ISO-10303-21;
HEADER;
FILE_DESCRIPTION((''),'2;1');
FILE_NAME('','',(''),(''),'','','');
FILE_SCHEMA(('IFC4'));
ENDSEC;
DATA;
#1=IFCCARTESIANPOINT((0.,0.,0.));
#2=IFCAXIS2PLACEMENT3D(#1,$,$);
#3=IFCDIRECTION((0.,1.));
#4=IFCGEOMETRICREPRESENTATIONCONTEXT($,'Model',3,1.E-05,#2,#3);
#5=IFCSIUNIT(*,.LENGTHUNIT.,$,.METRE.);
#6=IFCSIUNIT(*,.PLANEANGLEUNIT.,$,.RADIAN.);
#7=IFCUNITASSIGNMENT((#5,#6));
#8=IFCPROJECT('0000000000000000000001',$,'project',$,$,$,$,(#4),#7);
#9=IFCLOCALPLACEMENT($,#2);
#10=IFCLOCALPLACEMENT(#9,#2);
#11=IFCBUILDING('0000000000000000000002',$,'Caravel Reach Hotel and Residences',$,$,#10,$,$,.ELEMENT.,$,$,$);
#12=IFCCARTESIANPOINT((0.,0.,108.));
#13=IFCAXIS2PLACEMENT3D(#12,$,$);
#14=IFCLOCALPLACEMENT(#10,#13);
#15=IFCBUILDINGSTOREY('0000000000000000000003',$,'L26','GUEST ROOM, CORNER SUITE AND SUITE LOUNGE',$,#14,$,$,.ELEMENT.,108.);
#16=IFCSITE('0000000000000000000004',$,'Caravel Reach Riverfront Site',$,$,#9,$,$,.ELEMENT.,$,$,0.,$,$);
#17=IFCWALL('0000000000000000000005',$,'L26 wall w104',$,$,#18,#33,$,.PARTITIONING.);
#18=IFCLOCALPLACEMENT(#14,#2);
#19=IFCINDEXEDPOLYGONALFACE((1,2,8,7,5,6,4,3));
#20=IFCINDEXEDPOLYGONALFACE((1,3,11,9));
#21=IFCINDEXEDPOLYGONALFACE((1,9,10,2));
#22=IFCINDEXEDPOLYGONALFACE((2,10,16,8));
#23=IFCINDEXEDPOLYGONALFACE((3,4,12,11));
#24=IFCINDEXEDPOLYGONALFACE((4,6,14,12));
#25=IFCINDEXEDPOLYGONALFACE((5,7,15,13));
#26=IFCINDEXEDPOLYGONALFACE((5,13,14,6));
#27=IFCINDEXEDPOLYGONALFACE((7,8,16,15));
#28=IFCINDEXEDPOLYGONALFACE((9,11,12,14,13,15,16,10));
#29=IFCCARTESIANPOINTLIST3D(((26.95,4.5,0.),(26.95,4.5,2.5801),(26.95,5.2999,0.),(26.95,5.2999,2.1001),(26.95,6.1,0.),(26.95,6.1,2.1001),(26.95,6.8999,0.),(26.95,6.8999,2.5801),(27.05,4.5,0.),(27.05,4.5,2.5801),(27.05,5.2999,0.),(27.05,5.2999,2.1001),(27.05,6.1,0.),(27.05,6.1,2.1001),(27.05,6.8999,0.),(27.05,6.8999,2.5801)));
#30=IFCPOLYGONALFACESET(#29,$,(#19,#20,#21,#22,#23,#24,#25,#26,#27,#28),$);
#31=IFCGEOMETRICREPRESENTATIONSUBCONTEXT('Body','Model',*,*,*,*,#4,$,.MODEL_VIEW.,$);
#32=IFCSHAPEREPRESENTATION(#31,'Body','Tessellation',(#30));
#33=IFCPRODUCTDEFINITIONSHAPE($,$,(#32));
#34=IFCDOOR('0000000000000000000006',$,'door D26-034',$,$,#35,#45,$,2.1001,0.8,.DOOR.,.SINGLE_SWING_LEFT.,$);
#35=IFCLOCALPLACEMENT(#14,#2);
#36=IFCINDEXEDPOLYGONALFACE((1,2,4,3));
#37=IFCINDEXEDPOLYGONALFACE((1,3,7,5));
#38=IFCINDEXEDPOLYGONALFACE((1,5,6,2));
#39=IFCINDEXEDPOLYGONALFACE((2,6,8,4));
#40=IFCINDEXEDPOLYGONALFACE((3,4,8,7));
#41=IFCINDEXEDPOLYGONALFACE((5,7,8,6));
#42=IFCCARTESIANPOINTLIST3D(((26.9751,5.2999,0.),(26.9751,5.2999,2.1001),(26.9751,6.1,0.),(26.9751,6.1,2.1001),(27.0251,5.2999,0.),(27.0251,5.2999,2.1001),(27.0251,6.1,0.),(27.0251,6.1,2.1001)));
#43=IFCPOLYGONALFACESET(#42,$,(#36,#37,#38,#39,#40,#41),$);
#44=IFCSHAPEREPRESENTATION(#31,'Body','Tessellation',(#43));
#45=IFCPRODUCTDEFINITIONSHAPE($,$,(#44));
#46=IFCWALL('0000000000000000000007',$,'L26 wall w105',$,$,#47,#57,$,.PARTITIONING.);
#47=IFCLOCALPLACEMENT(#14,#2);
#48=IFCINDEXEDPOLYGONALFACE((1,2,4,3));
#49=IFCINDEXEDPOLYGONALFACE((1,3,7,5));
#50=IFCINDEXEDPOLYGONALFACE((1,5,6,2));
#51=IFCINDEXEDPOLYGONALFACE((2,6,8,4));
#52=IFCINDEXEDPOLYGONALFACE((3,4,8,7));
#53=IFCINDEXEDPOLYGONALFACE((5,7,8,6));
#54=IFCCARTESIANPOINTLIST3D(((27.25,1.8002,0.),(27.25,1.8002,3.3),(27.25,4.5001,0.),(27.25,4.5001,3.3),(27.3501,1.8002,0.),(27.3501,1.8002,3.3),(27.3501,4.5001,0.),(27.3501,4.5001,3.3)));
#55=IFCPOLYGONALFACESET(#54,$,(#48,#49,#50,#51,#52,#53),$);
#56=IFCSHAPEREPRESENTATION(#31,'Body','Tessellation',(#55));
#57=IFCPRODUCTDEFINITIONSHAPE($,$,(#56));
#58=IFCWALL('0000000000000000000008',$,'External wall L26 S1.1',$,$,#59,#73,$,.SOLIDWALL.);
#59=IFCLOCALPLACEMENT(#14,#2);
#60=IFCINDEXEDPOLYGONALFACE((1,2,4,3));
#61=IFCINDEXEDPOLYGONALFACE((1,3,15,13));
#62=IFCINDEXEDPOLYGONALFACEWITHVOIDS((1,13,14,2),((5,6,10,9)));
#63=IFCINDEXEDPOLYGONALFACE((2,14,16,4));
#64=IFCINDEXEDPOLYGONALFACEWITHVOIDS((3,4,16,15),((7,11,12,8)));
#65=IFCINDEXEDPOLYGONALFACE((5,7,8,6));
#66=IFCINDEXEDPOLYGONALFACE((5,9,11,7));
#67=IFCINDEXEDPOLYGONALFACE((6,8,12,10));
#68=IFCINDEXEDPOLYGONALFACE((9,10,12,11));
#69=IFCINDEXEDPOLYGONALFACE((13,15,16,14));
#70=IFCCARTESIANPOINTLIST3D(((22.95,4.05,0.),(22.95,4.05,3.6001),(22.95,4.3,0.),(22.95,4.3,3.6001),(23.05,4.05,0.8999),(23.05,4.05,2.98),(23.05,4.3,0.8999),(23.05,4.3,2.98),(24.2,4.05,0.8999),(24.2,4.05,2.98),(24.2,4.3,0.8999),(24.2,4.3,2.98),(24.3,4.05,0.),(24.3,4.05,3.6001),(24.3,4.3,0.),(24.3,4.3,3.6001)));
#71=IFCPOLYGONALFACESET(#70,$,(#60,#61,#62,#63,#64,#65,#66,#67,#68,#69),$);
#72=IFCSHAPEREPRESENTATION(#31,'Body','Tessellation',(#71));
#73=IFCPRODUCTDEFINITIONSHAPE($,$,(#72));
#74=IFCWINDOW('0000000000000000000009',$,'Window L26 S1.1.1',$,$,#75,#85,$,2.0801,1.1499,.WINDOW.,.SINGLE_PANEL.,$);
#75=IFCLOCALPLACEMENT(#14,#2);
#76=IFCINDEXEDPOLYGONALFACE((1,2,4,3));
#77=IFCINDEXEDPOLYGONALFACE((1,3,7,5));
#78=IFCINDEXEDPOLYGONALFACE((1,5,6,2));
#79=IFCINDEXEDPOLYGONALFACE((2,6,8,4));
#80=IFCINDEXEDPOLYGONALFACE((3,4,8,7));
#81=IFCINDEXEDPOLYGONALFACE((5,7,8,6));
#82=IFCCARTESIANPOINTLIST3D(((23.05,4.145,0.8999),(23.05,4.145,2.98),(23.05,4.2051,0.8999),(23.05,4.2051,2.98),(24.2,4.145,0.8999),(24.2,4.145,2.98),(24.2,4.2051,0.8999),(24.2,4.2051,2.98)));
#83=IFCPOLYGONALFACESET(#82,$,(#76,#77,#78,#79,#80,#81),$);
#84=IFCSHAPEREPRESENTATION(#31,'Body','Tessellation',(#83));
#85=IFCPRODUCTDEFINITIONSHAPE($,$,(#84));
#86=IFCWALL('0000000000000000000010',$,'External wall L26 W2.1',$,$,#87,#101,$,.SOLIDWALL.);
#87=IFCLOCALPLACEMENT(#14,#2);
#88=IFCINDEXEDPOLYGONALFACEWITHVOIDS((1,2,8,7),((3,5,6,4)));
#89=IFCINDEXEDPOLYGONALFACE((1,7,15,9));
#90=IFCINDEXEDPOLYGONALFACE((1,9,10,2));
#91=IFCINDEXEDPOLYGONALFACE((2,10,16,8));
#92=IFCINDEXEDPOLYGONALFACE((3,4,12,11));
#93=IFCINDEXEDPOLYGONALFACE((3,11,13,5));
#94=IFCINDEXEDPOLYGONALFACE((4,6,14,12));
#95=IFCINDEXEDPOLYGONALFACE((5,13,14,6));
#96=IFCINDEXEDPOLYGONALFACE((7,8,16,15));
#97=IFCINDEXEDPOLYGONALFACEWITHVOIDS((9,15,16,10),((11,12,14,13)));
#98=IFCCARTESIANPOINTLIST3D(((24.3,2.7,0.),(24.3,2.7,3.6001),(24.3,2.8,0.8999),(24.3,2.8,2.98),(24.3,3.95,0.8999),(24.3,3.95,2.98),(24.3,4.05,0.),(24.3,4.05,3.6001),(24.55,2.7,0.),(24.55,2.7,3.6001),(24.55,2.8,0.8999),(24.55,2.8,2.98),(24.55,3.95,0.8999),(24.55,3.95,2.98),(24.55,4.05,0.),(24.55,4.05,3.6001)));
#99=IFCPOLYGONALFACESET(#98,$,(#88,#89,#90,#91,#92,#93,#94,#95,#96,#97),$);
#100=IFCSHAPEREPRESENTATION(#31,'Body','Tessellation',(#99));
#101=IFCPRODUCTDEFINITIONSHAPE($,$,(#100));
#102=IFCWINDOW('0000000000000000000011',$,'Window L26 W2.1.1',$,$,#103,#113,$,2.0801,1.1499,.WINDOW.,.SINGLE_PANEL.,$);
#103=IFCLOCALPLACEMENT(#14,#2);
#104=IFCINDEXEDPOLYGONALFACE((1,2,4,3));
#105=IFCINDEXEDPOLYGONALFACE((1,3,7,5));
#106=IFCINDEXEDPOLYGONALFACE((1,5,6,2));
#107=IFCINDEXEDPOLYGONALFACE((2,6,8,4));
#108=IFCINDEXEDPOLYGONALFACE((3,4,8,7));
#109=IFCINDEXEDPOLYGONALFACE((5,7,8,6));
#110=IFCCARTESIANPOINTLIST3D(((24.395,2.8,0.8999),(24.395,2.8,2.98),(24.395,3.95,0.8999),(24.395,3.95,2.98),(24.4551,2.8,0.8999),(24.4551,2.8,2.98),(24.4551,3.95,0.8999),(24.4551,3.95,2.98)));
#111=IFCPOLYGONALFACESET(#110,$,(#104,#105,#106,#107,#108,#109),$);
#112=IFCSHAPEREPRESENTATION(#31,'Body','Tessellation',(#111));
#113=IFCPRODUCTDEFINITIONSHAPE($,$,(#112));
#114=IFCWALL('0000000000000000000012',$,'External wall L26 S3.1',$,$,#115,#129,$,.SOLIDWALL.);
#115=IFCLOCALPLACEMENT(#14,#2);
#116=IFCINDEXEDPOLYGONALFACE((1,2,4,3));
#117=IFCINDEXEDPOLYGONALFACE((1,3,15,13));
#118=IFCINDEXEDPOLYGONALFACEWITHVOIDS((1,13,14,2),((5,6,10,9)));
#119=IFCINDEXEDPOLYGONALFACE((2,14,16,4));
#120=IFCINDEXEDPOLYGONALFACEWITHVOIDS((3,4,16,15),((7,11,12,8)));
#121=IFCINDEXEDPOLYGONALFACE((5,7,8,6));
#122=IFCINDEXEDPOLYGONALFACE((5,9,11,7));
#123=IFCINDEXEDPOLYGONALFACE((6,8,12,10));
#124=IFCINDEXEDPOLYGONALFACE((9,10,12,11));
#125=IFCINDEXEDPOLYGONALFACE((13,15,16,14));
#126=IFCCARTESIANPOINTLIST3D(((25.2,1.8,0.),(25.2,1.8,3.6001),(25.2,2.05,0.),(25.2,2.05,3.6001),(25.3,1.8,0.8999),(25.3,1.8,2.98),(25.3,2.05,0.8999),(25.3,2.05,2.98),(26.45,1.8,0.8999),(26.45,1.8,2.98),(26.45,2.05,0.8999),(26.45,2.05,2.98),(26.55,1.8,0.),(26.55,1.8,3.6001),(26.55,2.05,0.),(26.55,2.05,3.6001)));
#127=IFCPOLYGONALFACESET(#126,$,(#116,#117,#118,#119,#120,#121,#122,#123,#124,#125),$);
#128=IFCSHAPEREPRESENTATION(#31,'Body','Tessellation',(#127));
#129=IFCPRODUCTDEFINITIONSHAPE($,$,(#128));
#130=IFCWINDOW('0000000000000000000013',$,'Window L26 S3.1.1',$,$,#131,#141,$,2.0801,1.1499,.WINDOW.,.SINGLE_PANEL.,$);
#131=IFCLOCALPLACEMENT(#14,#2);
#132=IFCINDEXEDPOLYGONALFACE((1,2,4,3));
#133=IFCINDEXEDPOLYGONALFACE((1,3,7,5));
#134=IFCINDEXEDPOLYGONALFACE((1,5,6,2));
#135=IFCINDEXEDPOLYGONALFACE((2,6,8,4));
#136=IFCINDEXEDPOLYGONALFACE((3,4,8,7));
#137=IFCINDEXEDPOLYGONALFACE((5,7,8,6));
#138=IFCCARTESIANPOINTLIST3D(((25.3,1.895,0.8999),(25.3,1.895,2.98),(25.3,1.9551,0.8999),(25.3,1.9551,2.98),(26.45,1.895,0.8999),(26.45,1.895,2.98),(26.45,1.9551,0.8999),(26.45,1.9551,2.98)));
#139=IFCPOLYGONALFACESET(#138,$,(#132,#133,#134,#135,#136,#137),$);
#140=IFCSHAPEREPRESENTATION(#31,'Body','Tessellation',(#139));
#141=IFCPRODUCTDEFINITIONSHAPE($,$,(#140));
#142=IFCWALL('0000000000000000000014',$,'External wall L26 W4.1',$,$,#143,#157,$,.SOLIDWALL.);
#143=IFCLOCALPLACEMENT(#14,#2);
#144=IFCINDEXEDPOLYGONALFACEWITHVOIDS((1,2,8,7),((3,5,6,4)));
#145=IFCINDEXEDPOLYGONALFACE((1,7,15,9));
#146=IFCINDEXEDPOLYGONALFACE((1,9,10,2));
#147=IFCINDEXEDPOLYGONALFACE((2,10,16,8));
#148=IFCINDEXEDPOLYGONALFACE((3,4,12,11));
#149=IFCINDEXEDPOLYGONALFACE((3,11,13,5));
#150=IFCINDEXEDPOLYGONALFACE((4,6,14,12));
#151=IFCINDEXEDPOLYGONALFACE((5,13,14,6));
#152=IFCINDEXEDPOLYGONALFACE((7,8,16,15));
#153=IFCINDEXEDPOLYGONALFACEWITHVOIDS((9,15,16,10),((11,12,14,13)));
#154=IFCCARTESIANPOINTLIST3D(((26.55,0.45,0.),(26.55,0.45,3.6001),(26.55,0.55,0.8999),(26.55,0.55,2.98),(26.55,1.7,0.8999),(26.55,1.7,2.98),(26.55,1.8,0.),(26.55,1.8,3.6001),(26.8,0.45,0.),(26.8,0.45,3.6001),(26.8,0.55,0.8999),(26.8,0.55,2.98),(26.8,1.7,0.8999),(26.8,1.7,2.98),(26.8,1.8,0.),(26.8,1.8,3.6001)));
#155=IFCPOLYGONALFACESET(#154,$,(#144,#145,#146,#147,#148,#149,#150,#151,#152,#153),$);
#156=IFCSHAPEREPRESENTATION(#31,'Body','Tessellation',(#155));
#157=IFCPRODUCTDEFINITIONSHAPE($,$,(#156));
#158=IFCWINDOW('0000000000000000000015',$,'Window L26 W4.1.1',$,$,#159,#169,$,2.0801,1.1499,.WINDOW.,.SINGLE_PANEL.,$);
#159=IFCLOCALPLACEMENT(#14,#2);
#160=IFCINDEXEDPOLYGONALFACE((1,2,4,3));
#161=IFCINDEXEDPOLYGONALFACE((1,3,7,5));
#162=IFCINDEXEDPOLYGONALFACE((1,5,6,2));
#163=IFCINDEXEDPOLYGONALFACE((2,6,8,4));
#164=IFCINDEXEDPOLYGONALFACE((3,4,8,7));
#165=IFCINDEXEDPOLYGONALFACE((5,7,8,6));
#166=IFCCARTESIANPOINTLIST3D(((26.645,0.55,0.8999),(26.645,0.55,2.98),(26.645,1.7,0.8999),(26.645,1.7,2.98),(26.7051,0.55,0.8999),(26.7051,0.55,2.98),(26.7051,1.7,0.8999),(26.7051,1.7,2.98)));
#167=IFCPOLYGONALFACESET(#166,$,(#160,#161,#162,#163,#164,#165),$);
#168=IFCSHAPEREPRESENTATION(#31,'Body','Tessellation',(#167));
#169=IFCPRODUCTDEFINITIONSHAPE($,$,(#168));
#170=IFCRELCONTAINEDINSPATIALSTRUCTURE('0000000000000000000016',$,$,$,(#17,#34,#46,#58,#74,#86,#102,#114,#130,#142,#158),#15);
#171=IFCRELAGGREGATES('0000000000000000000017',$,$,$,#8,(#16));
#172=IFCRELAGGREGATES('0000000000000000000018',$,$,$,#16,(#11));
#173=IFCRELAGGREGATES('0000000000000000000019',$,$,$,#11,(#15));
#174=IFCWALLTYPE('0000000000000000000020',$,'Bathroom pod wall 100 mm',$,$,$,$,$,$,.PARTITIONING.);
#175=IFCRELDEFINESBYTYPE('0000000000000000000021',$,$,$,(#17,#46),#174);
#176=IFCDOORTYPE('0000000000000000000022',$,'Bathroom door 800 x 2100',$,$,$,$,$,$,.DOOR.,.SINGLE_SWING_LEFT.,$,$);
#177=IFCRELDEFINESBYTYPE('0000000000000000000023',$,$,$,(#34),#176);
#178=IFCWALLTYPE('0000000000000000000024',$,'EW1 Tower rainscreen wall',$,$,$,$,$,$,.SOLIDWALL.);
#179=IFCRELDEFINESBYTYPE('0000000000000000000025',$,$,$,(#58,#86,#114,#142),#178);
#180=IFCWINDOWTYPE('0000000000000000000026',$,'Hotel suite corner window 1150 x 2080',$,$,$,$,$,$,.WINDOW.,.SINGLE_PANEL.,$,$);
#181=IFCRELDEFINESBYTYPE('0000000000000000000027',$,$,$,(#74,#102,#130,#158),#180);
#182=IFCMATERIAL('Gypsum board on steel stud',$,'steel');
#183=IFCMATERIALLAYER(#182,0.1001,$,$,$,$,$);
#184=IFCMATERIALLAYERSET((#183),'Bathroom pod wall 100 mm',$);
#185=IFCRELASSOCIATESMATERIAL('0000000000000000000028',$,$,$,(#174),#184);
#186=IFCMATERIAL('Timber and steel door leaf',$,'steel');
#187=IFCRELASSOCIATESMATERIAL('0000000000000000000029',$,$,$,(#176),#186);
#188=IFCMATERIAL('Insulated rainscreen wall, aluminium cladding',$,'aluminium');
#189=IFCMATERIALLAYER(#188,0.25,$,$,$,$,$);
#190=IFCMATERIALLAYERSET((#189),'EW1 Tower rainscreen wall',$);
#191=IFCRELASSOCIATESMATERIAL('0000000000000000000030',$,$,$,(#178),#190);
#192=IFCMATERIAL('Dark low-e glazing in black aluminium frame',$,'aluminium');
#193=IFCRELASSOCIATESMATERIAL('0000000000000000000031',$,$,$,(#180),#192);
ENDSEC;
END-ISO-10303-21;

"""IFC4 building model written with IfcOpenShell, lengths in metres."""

from ifc_helpers import new_model, si_unit, direction, frame, frame_2d, origin, place, context, subcontext, project, spatial, rectangle, extrude, material, layer, layer_set, type_object, element, fill, save


model = new_model("IFC4")

# Units and contexts
model_context = context("Model", 3, precision=1e-05, world=origin(), true_north=direction((0.0, 1.0)))
body_context = subcontext(model_context, "Body", "Model", "MODEL_VIEW")
ifc_project = project(units=[si_unit("LENGTHUNIT", "METRE"), si_unit("PLANEANGLEUNIT", "RADIAN")], contexts=[model_context])

# Site, building, storey
site_placement = place(None, origin())
site = spatial("IfcSite", under=ifc_project, at=site_placement, Name="Caravel Reach Riverfront Site", CompositionType="ELEMENT", RefElevation=0.0)
building_placement = place(site_placement, origin())
building = spatial("IfcBuilding", under=site, at=building_placement, Name="Caravel Reach Hotel and Residences", CompositionType="ELEMENT")
storey_placement = place(building_placement, frame((0.0, 0.0, 108.0)))
storey = spatial("IfcBuildingStorey", under=building, at=storey_placement, Name="L26", Description="GUEST ROOM, CORNER SUITE AND SUITE LOUNGE", CompositionType="ELEMENT", Elevation=108.0)

# Shared definitions
ifc_material_1 = material(Name="Gypsum board on steel stud", Category="steel")
ifc_layer_1 = layer(ifc_material_1, 0.1001)
ifc_layer_set_1 = layer_set([ifc_layer_1], Name="Bathroom pod wall 100 mm")
wall_type_1 = type_object("IfcWallType", Name="Bathroom pod wall 100 mm", PredefinedType="PARTITIONING", material=ifc_layer_set_1)
ifc_material_2 = material(Name="Timber and steel door leaf", Category="steel")
door_type_1 = type_object("IfcDoorType", Name="Bathroom door 800 x 2100", OperationType="SINGLE_SWING_LEFT", PredefinedType="DOOR", material=ifc_material_2)

# Wall, opening, door
wall_1_placement = place(storey_placement, frame((27.0, 4.5, 0.0), z_axis=(0.0, 0.0, 1.0), x_axis=(0.0, 1.0, 0.0)))
wall_1 = element("IfcWall", 1, at=wall_1_placement, inside=storey, type_object=wall_type_1, Name="L26 wall w104", PredefinedType="PARTITIONING", context=body_context, shape_type="SweptSolid", body=[
    extrude(rectangle(XDim=2.3999, YDim=0.1001, at=frame_2d((1.2, 0.0))), origin(), (0.0, 0.0, 1.0), 2.5801),
])
opening_1_placement = place(wall_1_placement, frame((0.8, 0.0, 0.0)))
opening_1 = element("IfcOpeningElement", 2, at=opening_1_placement, cuts=wall_1, PredefinedType="OPENING", context=body_context, shape_type="SweptSolid", body=[
    extrude(rectangle(XDim=0.8, YDim=2.1001, at=frame_2d((0.3999, 1.05))), frame((0.0, 0.0601, 0.0), z_axis=(0.0, -1.0, 0.0), x_axis=(1.0, 0.0, 0.0)), (0.0, 0.0, 1.0), 0.1201),
])
door_1_placement = place(opening_1_placement, origin())
door_1 = element("IfcDoor", 3, at=door_1_placement, inside=storey, type_object=door_type_1, Name="door D26-034", OperationType="SINGLE_SWING_LEFT", OverallHeight=2.1001, OverallWidth=0.8, PredefinedType="DOOR", context=body_context, shape_type="SweptSolid", body=[
    extrude(rectangle(XDim=0.8, YDim=2.1001, at=frame_2d((0.3999, 1.05))), frame((0.0, 0.0249, 0.0), z_axis=(0.0, -1.0, 0.0), x_axis=(1.0, 0.0, 0.0)), (0.0, 0.0, 1.0), 0.05),
])
fill(opening_1, door_1)

# Wall
wall_2_placement = place(storey_placement, frame((27.3, 1.8, 0.0), z_axis=(0.0, 0.0, 1.0), x_axis=(0.0, 1.0, 0.0)))
element("IfcWall", 4, at=wall_2_placement, inside=storey, type_object=wall_type_1, Name="L26 wall w105", PredefinedType="PARTITIONING", context=body_context, shape_type="SweptSolid", body=[
    extrude(rectangle(XDim=2.7, YDim=0.1001, at=frame_2d((1.3501, 0.0))), origin(), (0.0, 0.0, 1.0), 3.3),
])

# Walls, openings, windows
ifc_material_3 = material(Name="Insulated rainscreen wall, aluminium cladding", Category="aluminium")
ifc_layer_2 = layer(ifc_material_3, 0.25)
ifc_layer_set_2 = layer_set([ifc_layer_2], Name="EW1 Tower rainscreen wall")
wall_type_2 = type_object("IfcWallType", Name="EW1 Tower rainscreen wall", PredefinedType="SOLIDWALL", material=ifc_layer_set_2)
wall_3_placement = place(storey_placement, frame((22.95, 4.175, 0.0), z_axis=(0.0, 0.0, 1.0), x_axis=(1.0, 0.0, 0.0)))
wall_3 = element("IfcWall", 5, at=wall_3_placement, inside=storey, type_object=wall_type_2, Name="External wall L26 S1.1", PredefinedType="SOLIDWALL", context=body_context, shape_type="SweptSolid", body=[
    extrude(rectangle(XDim=1.3501, YDim=0.25, at=frame_2d((0.675, 0.0))), origin(), (0.0, 0.0, 1.0), 3.6001),
])
opening_2_placement = place(wall_3_placement, frame((0.1001, 0.0, 0.8999)))
opening_2 = element("IfcOpeningElement", 6, at=opening_2_placement, cuts=wall_3, PredefinedType="OPENING", context=body_context, shape_type="SweptSolid", body=[
    extrude(rectangle(XDim=1.1499, YDim=2.0801, at=frame_2d((0.575, 1.04))), frame((0.0, 0.135, 0.0), z_axis=(0.0, -1.0, 0.0), x_axis=(1.0, 0.0, 0.0)), (0.0, 0.0, 1.0), 0.27),
])
ifc_material_4 = material(Name="Dark low-e glazing in black aluminium frame", Category="aluminium")
window_type_1 = type_object("IfcWindowType", Name="Hotel suite corner window 1150 x 2080", PartitioningType="SINGLE_PANEL", PredefinedType="WINDOW", material=ifc_material_4)
window_1_placement = place(opening_2_placement, origin())
window_1 = element("IfcWindow", 7, at=window_1_placement, inside=storey, type_object=window_type_1, Name="Window L26 S1.1.1", OverallHeight=2.0801, OverallWidth=1.1499, PartitioningType="SINGLE_PANEL", PredefinedType="WINDOW", context=body_context, shape_type="SweptSolid", body=[
    extrude(rectangle(XDim=1.1499, YDim=2.0801, at=frame_2d((0.575, 1.04))), frame((0.0, 0.03, 0.0), z_axis=(0.0, -1.0, 0.0), x_axis=(1.0, 0.0, 0.0)), (0.0, 0.0, 1.0), 0.0601),
])
fill(opening_2, window_1)
wall_4_placement = place(storey_placement, frame((24.425, 4.05, 0.0), z_axis=(0.0, 0.0, 1.0), x_axis=(0.0, -1.0, 0.0)))
wall_4 = element("IfcWall", 8, at=wall_4_placement, inside=storey, type_object=wall_type_2, Name="External wall L26 W2.1", PredefinedType="SOLIDWALL", context=body_context, shape_type="SweptSolid", body=[
    extrude(rectangle(XDim=1.3501, YDim=0.25, at=frame_2d((0.675, 0.0))), origin(), (0.0, 0.0, 1.0), 3.6001),
])
opening_3_placement = place(wall_4_placement, frame((0.1001, 0.0, 0.8999)))
opening_3 = element("IfcOpeningElement", 9, at=opening_3_placement, cuts=wall_4, PredefinedType="OPENING", context=body_context, shape_type="SweptSolid", body=[
    extrude(rectangle(XDim=1.1499, YDim=2.0801, at=frame_2d((0.575, 1.04))), frame((0.0, 0.135, 0.0), z_axis=(0.0, -1.0, 0.0), x_axis=(1.0, 0.0, 0.0)), (0.0, 0.0, 1.0), 0.27),
])
window_2_placement = place(opening_3_placement, origin())
window_2 = element("IfcWindow", 10, at=window_2_placement, inside=storey, type_object=window_type_1, Name="Window L26 W2.1.1", OverallHeight=2.0801, OverallWidth=1.1499, PartitioningType="SINGLE_PANEL", PredefinedType="WINDOW", context=body_context, shape_type="SweptSolid", body=[
    extrude(rectangle(XDim=1.1499, YDim=2.0801, at=frame_2d((0.575, 1.04))), frame((0.0, 0.03, 0.0), z_axis=(0.0, -1.0, 0.0), x_axis=(1.0, 0.0, 0.0)), (0.0, 0.0, 1.0), 0.0601),
])
fill(opening_3, window_2)
wall_5_placement = place(storey_placement, frame((25.2, 1.925, 0.0), z_axis=(0.0, 0.0, 1.0), x_axis=(1.0, 0.0, 0.0)))
wall_5 = element("IfcWall", 11, at=wall_5_placement, inside=storey, type_object=wall_type_2, Name="External wall L26 S3.1", PredefinedType="SOLIDWALL", context=body_context, shape_type="SweptSolid", body=[
    extrude(rectangle(XDim=1.3501, YDim=0.25, at=frame_2d((0.675, 0.0))), origin(), (0.0, 0.0, 1.0), 3.6001),
])
opening_4_placement = place(wall_5_placement, frame((0.1001, 0.0, 0.8999)))
opening_4 = element("IfcOpeningElement", 12, at=opening_4_placement, cuts=wall_5, PredefinedType="OPENING", context=body_context, shape_type="SweptSolid", body=[
    extrude(rectangle(XDim=1.1499, YDim=2.0801, at=frame_2d((0.575, 1.04))), frame((0.0, 0.135, 0.0), z_axis=(0.0, -1.0, 0.0), x_axis=(1.0, 0.0, 0.0)), (0.0, 0.0, 1.0), 0.27),
])
window_3_placement = place(opening_4_placement, origin())
window_3 = element("IfcWindow", 13, at=window_3_placement, inside=storey, type_object=window_type_1, Name="Window L26 S3.1.1", OverallHeight=2.0801, OverallWidth=1.1499, PartitioningType="SINGLE_PANEL", PredefinedType="WINDOW", context=body_context, shape_type="SweptSolid", body=[
    extrude(rectangle(XDim=1.1499, YDim=2.0801, at=frame_2d((0.575, 1.04))), frame((0.0, 0.03, 0.0), z_axis=(0.0, -1.0, 0.0), x_axis=(1.0, 0.0, 0.0)), (0.0, 0.0, 1.0), 0.0601),
])
fill(opening_4, window_3)
wall_6_placement = place(storey_placement, frame((26.675, 1.8, 0.0), z_axis=(0.0, 0.0, 1.0), x_axis=(0.0, -1.0, 0.0)))
wall_6 = element("IfcWall", 14, at=wall_6_placement, inside=storey, type_object=wall_type_2, Name="External wall L26 W4.1", PredefinedType="SOLIDWALL", context=body_context, shape_type="SweptSolid", body=[
    extrude(rectangle(XDim=1.3501, YDim=0.25, at=frame_2d((0.675, 0.0))), origin(), (0.0, 0.0, 1.0), 3.6001),
])
opening_5_placement = place(wall_6_placement, frame((0.1001, 0.0, 0.8999)))
opening_5 = element("IfcOpeningElement", 15, at=opening_5_placement, cuts=wall_6, PredefinedType="OPENING", context=body_context, shape_type="SweptSolid", body=[
    extrude(rectangle(XDim=1.1499, YDim=2.0801, at=frame_2d((0.575, 1.04))), frame((0.0, 0.135, 0.0), z_axis=(0.0, -1.0, 0.0), x_axis=(1.0, 0.0, 0.0)), (0.0, 0.0, 1.0), 0.27),
])
window_4_placement = place(opening_5_placement, origin())
window_4 = element("IfcWindow", 16, at=window_4_placement, inside=storey, type_object=window_type_1, Name="Window L26 W4.1.1", OverallHeight=2.0801, OverallWidth=1.1499, PartitioningType="SINGLE_PANEL", PredefinedType="WINDOW", context=body_context, shape_type="SweptSolid", body=[
    extrude(rectangle(XDim=1.1499, YDim=2.0801, at=frame_2d((0.575, 1.04))), frame((0.0, 0.03, 0.0), z_axis=(0.0, -1.0, 0.0), x_axis=(1.0, 0.0, 0.0)), (0.0, 0.0, 1.0), 0.0601),
])
fill(opening_5, window_4)

save(model, "model.ifc")
